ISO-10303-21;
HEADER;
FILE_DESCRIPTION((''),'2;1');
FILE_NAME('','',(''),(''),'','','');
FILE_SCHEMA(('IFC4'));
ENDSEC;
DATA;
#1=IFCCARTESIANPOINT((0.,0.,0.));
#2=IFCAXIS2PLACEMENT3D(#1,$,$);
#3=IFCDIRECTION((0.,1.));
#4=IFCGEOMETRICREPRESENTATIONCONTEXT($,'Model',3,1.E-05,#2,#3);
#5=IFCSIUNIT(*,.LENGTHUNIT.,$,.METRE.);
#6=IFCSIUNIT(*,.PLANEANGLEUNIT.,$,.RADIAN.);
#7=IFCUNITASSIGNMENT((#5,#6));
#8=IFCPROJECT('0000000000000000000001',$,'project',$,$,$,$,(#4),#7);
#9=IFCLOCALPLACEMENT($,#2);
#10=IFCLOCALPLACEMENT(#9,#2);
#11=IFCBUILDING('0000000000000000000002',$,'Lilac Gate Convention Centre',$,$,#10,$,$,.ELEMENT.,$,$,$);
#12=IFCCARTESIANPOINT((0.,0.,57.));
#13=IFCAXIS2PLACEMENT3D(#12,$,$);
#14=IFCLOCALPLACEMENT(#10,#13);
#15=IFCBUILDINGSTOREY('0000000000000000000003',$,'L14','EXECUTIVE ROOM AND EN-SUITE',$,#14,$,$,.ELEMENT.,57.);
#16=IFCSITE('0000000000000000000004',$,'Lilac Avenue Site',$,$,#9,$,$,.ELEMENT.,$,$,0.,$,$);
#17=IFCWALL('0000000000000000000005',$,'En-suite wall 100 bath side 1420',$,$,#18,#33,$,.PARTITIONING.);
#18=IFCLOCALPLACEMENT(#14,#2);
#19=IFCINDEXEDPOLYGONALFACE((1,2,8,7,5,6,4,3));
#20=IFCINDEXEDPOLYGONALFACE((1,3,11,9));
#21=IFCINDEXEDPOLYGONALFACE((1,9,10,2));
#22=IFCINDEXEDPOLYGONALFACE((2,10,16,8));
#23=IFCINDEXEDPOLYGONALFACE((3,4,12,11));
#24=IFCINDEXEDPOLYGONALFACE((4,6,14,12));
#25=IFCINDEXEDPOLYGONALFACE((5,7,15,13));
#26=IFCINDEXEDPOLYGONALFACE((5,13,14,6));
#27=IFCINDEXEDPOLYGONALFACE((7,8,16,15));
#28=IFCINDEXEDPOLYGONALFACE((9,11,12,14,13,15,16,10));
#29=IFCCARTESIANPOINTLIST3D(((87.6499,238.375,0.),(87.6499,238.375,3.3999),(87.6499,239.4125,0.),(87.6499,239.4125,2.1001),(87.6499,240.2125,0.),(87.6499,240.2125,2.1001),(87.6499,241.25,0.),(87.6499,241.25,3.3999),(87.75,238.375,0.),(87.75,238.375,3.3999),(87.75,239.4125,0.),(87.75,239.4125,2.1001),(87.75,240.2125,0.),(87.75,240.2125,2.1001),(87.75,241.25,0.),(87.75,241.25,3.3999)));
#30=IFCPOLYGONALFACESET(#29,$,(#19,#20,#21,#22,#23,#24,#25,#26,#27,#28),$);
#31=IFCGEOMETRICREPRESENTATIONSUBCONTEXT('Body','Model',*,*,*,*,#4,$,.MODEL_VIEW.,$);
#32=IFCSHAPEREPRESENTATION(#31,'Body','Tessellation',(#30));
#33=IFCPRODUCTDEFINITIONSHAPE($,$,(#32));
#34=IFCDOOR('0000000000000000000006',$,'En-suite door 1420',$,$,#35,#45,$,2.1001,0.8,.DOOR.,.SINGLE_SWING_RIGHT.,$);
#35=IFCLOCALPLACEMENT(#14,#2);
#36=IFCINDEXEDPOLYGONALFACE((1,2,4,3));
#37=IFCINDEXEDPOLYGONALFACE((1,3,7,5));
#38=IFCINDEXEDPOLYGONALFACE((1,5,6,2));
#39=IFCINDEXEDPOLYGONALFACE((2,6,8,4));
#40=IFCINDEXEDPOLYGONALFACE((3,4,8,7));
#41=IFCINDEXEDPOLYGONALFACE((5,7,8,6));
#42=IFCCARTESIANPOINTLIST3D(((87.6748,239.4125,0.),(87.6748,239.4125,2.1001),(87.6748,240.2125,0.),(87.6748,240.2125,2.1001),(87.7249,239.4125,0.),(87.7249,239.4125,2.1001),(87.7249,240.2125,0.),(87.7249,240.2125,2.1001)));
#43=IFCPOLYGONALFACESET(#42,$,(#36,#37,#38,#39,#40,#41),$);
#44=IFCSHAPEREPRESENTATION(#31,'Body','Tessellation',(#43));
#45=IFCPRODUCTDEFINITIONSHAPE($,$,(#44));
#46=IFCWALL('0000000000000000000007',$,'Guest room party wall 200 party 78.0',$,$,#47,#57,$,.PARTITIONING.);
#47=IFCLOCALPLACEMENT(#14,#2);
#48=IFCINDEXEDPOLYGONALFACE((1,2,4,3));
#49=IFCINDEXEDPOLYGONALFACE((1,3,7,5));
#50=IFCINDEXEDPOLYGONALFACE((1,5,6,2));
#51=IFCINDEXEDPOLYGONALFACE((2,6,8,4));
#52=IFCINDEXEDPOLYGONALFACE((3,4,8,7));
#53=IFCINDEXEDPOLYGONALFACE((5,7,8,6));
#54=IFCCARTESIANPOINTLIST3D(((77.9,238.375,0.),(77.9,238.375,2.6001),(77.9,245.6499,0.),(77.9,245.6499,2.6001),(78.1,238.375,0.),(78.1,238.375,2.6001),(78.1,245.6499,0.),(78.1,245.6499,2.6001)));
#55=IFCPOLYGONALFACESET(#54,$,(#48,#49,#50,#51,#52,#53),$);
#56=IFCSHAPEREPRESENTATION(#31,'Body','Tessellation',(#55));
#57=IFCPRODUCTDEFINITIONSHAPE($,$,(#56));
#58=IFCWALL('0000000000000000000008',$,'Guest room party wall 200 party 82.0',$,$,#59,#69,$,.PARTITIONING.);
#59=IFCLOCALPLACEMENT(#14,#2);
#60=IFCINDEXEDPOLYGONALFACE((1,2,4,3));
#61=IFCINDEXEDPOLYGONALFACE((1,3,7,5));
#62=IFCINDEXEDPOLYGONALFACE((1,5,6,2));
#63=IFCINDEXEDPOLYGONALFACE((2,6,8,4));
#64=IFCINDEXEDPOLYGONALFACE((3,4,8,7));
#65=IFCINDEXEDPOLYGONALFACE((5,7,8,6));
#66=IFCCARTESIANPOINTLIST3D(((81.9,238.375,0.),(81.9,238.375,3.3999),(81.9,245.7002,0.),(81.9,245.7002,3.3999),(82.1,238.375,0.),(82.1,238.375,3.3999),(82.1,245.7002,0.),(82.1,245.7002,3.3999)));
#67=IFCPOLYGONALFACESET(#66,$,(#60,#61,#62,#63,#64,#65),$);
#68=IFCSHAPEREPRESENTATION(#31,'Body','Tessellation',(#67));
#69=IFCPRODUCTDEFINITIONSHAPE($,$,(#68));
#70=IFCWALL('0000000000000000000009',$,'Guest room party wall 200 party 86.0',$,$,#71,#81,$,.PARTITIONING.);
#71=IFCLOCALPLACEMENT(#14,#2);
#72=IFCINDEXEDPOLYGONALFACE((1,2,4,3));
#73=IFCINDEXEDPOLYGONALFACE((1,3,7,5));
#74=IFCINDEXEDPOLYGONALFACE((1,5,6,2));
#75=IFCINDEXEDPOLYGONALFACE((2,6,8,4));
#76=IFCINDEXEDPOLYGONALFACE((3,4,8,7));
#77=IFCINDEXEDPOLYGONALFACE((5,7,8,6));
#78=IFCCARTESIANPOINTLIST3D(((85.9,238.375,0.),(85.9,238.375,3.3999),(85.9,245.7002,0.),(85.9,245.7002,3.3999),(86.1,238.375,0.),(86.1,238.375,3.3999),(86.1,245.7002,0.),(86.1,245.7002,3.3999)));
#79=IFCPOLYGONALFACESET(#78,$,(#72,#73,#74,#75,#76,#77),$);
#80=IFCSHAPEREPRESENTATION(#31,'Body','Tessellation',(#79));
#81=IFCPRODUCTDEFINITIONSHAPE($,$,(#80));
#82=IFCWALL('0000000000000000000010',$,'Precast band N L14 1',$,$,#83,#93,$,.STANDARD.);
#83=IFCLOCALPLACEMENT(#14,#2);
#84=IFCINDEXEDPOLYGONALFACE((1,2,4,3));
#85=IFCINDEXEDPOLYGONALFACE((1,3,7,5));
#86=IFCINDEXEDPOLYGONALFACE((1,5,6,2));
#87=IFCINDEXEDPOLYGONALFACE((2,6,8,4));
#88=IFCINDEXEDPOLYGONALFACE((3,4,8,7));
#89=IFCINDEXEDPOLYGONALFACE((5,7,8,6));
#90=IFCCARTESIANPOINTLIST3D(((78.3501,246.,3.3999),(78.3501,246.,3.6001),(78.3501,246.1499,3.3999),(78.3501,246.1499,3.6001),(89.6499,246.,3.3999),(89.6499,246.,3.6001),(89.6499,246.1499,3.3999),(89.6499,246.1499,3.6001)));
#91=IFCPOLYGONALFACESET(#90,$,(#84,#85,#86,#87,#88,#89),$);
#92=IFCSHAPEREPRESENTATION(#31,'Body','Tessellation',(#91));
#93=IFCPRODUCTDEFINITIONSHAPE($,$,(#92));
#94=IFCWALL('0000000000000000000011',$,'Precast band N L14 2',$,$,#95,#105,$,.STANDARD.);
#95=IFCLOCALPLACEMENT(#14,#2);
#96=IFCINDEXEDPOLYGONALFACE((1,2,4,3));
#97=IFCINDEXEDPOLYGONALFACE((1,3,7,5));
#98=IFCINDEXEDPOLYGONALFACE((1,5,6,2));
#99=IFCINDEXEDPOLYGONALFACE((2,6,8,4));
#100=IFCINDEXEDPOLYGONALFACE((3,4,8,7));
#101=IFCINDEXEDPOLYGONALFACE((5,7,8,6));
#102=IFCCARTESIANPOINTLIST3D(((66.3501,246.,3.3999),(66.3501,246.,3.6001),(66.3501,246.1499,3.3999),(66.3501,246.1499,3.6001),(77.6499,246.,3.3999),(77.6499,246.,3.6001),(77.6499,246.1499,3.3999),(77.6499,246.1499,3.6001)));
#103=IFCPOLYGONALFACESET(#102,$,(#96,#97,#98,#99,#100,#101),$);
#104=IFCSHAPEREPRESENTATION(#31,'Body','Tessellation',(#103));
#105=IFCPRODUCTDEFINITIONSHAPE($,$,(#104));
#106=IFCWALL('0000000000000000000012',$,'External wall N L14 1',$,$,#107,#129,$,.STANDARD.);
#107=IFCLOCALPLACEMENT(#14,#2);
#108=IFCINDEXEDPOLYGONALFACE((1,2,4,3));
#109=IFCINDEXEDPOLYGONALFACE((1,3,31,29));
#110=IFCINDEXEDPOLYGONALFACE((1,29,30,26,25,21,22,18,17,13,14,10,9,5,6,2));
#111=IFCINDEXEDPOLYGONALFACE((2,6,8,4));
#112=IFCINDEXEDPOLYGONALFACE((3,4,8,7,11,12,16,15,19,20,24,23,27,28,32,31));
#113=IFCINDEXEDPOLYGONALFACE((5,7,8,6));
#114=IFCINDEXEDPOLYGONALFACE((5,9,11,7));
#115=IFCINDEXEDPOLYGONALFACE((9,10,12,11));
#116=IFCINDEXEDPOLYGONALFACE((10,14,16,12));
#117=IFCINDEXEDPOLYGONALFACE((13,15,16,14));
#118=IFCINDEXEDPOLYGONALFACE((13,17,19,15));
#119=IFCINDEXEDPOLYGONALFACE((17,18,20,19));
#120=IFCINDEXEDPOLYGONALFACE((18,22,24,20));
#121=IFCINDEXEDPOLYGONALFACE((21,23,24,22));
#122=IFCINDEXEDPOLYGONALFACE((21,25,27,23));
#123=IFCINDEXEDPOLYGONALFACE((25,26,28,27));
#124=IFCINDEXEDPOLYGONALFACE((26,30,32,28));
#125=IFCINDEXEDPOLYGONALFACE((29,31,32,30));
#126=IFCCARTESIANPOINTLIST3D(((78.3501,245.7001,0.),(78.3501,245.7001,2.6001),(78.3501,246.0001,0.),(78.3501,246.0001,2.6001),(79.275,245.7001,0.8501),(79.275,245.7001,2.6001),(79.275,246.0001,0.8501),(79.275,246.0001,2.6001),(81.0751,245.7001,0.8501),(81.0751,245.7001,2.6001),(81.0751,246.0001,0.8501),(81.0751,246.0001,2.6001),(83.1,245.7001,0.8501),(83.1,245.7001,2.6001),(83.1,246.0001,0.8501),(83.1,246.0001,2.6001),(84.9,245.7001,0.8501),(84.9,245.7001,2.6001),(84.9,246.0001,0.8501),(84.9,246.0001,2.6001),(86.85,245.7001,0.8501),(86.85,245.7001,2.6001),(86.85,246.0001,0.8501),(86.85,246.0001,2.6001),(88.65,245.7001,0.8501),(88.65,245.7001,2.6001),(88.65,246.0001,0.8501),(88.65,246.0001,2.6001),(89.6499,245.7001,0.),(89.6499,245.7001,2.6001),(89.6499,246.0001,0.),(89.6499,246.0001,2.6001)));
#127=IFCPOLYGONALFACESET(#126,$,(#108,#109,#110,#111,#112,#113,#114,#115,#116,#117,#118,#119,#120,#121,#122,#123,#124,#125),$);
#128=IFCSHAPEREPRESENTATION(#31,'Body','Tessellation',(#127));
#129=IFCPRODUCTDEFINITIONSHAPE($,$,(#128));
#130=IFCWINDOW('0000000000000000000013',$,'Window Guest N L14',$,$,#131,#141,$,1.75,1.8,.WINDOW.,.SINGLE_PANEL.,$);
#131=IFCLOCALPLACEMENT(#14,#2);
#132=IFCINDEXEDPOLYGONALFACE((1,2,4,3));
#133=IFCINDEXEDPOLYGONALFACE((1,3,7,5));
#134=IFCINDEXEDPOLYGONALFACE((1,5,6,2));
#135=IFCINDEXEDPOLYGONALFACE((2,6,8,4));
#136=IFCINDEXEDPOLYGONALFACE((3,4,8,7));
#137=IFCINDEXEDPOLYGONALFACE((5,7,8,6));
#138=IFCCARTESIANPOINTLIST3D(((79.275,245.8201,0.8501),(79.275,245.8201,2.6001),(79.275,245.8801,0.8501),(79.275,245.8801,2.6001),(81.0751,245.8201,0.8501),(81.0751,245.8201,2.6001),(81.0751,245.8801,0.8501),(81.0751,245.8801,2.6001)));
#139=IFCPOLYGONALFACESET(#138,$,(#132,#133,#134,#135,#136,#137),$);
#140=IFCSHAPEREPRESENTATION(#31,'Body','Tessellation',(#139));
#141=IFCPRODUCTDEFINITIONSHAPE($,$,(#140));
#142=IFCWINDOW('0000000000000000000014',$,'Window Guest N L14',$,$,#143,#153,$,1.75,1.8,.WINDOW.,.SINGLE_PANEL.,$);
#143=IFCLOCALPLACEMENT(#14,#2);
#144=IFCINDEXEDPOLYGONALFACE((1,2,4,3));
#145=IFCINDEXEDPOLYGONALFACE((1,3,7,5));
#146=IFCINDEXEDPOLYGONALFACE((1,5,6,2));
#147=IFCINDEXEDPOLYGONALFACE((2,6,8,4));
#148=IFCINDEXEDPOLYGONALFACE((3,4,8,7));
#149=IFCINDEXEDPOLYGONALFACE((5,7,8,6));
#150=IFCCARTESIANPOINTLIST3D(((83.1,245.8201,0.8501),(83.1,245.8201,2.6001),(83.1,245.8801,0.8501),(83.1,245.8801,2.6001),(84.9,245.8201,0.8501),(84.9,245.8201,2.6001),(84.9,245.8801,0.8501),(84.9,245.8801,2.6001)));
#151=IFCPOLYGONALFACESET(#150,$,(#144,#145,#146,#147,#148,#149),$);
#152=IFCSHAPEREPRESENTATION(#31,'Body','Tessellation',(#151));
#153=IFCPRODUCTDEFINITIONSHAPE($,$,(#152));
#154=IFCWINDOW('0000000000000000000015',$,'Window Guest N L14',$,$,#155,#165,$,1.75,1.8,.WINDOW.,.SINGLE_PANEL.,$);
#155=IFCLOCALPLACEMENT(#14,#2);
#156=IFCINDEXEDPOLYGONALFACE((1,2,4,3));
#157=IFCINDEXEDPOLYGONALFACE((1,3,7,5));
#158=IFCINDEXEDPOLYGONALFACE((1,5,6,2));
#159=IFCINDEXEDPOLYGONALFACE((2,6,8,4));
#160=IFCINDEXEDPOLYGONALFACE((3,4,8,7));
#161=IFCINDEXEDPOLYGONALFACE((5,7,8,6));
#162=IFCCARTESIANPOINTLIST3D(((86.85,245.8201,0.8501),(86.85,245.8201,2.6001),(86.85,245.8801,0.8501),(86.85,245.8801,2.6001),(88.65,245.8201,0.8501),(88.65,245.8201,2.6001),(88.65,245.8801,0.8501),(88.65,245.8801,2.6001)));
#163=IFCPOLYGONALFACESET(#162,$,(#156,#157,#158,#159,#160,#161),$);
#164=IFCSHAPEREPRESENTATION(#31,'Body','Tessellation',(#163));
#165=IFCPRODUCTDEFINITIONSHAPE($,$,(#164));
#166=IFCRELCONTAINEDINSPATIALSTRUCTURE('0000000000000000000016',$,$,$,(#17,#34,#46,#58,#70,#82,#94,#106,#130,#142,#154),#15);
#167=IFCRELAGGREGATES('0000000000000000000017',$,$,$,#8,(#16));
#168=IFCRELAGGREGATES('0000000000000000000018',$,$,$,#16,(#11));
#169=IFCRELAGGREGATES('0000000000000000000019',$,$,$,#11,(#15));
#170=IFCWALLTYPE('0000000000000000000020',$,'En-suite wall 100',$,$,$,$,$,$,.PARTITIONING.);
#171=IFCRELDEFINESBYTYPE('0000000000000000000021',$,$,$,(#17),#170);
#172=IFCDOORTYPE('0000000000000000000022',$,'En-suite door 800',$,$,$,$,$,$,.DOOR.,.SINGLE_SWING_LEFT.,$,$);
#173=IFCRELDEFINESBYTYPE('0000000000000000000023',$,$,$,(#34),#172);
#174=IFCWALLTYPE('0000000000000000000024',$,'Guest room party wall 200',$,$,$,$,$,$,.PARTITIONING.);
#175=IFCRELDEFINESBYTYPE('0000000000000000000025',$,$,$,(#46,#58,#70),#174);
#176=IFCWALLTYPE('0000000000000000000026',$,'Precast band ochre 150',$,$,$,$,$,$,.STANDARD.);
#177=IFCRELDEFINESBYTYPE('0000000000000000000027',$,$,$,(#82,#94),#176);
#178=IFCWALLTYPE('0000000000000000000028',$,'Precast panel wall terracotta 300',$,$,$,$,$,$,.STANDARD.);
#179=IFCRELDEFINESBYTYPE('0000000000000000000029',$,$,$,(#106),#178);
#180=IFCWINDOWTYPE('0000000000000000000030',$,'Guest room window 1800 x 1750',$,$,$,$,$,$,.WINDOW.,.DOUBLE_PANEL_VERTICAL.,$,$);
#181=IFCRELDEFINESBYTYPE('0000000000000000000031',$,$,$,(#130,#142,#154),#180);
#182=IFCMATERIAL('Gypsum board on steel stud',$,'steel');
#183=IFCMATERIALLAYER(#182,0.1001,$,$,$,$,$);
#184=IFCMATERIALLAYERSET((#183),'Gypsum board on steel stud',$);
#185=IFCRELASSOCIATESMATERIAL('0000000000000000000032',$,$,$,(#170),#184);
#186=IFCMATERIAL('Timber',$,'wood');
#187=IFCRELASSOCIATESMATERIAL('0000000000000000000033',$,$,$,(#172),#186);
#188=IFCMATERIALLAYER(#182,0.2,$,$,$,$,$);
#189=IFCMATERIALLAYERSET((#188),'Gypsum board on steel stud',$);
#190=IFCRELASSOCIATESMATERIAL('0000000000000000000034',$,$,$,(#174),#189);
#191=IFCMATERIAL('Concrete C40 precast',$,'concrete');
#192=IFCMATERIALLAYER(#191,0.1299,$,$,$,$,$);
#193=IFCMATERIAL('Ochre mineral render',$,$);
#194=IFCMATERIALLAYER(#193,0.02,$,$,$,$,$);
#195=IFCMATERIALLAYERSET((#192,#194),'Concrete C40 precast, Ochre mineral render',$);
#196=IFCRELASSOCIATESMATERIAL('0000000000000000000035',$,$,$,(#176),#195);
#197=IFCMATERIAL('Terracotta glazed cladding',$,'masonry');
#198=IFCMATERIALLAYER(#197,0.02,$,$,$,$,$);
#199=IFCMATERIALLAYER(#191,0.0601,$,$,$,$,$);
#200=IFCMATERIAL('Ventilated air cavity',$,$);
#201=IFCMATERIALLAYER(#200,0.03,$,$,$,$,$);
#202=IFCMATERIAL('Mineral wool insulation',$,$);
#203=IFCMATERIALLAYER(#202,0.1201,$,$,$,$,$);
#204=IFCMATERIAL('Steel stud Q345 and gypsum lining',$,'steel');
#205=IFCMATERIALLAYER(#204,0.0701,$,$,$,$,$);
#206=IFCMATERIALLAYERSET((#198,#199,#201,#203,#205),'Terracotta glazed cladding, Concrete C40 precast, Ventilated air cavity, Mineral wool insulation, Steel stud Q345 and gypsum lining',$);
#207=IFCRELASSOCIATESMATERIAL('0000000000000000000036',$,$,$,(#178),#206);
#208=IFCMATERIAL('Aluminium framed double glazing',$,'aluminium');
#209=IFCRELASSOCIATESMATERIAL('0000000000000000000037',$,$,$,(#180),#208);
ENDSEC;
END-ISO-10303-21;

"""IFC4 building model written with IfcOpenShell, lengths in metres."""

from ifc_helpers import new_model, si_unit, direction, frame, frame_2d, origin, place, context, subcontext, project, spatial, rectangle, extrude, material, layer, layer_set, type_object, element, fill, save


model = new_model("IFC4")

# Units and contexts
model_context = context("Model", 3, precision=1e-05, world=origin(), true_north=direction((0.0, 1.0)))
body_context = subcontext(model_context, "Body", "Model", "MODEL_VIEW")
ifc_project = project(units=[si_unit("LENGTHUNIT", "METRE"), si_unit("PLANEANGLEUNIT", "RADIAN")], contexts=[model_context])

# Site, building, storey
site_placement = place(None, origin())
site = spatial("IfcSite", under=ifc_project, at=site_placement, Name="Lilac Avenue Site", CompositionType="ELEMENT", RefElevation=0.0)
building_placement = place(site_placement, origin())
building = spatial("IfcBuilding", under=site, at=building_placement, Name="Lilac Gate Convention Centre", CompositionType="ELEMENT")
storey_placement = place(building_placement, frame((0.0, 0.0, 57.0)))
storey = spatial("IfcBuildingStorey", under=building, at=storey_placement, Name="L14", Description="EXECUTIVE ROOM AND EN-SUITE", CompositionType="ELEMENT", Elevation=57.0)

# Shared definitions
ifc_material_1 = material(Name="Aluminium framed double glazing", Category="aluminium")

# Shared definitions
ifc_material_2 = material(Name="Gypsum board on steel stud", Category="steel")
ifc_layer_1 = layer(ifc_material_2, 0.1001)
ifc_layer_set_1 = layer_set([ifc_layer_1], Name="Gypsum board on steel stud")
wall_type_1 = type_object("IfcWallType", Name="En-suite wall 100", PredefinedType="PARTITIONING", material=ifc_layer_set_1)

# Shared definitions
ifc_material_3 = material(Name="Timber", Category="wood")
door_type = type_object("IfcDoorType", Name="En-suite door 800", OperationType="SINGLE_SWING_LEFT", PredefinedType="DOOR", material=ifc_material_3)

# Wall, opening, door
wall_1_placement = place(storey_placement, frame((87.7, 241.25, 0.0), z_axis=(0.0, 0.0, 1.0), x_axis=(0.0, -1.0, 0.0)))
wall_1 = element("IfcWall", 1, at=wall_1_placement, inside=storey, type_object=wall_type_1, Name="En-suite wall 100 bath side 1420", PredefinedType="PARTITIONING", context=body_context, shape_type="SweptSolid", body=[
    extrude(rectangle(XDim=2.875, YDim=0.1001, at=frame_2d((1.4375, 0.0))), origin(), (0.0, 0.0, 1.0), 3.3999),
])
opening_1_placement = place(wall_1_placement, frame((1.0376, 0.0, 0.0)))
opening_1 = element("IfcOpeningElement", 2, at=opening_1_placement, cuts=wall_1, PredefinedType="OPENING", context=body_context, shape_type="SweptSolid", body=[
    extrude(rectangle(XDim=0.8, YDim=2.1001, at=frame_2d((0.3999, 1.05))), frame((0.0, 0.0601, 0.0), z_axis=(0.0, -1.0, 0.0), x_axis=(1.0, 0.0, 0.0)), (0.0, 0.0, 1.0), 0.1201),
])
door_1_placement = place(opening_1_placement, origin())
door_1 = element("IfcDoor", 3, at=door_1_placement, inside=storey, type_object=door_type, Name="En-suite door 1420", OperationType="SINGLE_SWING_RIGHT", OverallHeight=2.1001, OverallWidth=0.8, PredefinedType="DOOR", context=body_context, shape_type="SweptSolid", body=[
    extrude(rectangle(XDim=0.8, YDim=2.1001, at=frame_2d((0.3999, 1.05))), frame((0.0, 0.0249, 0.0), z_axis=(0.0, -1.0, 0.0), x_axis=(1.0, 0.0, 0.0)), (0.0, 0.0, 1.0), 0.05),
])
fill(opening_1, door_1)

# Walls
ifc_layer_2 = layer(ifc_material_2, 0.2)
ifc_layer_set_2 = layer_set([ifc_layer_2], Name="Gypsum board on steel stud")
wall_type_2 = type_object("IfcWallType", Name="Guest room party wall 200", PredefinedType="PARTITIONING", material=ifc_layer_set_2)
wall_2_placement = place(storey_placement, frame((78.0, 245.6499, 0.0), z_axis=(0.0, 0.0, 1.0), x_axis=(0.0, -1.0, 0.0)))
element("IfcWall", 4, at=wall_2_placement, inside=storey, type_object=wall_type_2, Name="Guest room party wall 200 party 78.0", PredefinedType="PARTITIONING", context=body_context, shape_type="SweptSolid", body=[
    extrude(rectangle(XDim=7.2749, YDim=0.2, at=frame_2d((3.6375, 0.0))), origin(), (0.0, 0.0, 1.0), 2.6001),
])
for number, where, z_axis, x_axis, name in (
    (5, (82.0, 245.7002, 0.0), (0.0, 0.0, 1.0), (0.0, -1.0, 0.0), "Guest room party wall 200 party 82.0"),
    (6, (86.0, 245.7002, 0.0), (0.0, 0.0, 1.0), (0.0, -1.0, 0.0), "Guest room party wall 200 party 86.0"),
):
    element("IfcWall", number, at=place(storey_placement, frame(where, z_axis=z_axis, x_axis=x_axis)), inside=storey, type_object=wall_type_2, Name=name, PredefinedType="PARTITIONING", context=body_context, shape_type="SweptSolid", body=[
        extrude(rectangle(XDim=7.3252, YDim=0.2, at=frame_2d((3.6626, 0.0))), origin(), (0.0, 0.0, 1.0), 3.3999),
    ])
ifc_material_4 = material(Name="Concrete C40 precast", Category="concrete")
ifc_layer_3 = layer(ifc_material_4, 0.1299)
ifc_material_5 = material(Name="Ochre mineral render")
ifc_layer_4 = layer(ifc_material_5, 0.02)
ifc_layer_set_3 = layer_set([ifc_layer_3, ifc_layer_4], Name="Concrete C40 precast, Ochre mineral render")
wall_type_3 = type_object("IfcWallType", Name="Precast band ochre 150", PredefinedType="STANDARD", material=ifc_layer_set_3)
for number, where, z_axis, x_axis, name in (
    (7, (89.6499, 246.075, 3.3999), (0.0, 0.0, 1.0), (-1.0, 0.0, 0.0), "Precast band N L14 1"),
    (8, (77.6499, 246.075, 3.3999), (0.0, 0.0, 1.0), (-1.0, 0.0, 0.0), "Precast band N L14 2"),
):
    element("IfcWall", number, at=place(storey_placement, frame(where, z_axis=z_axis, x_axis=x_axis)), inside=storey, type_object=wall_type_3, Name=name, PredefinedType="STANDARD", context=body_context, shape_type="SweptSolid", body=[
        extrude(rectangle(XDim=11.2998, YDim=0.1499, at=frame_2d((5.6499, 0.0))), origin(), (0.0, 0.0, 1.0), 0.2002),
    ])

# Wall, openings, windows
ifc_material_6 = material(Name="Terracotta glazed cladding", Category="masonry")
ifc_layer_5 = layer(ifc_material_6, 0.02)
ifc_layer_6 = layer(ifc_material_4, 0.0601)
ifc_material_7 = material(Name="Ventilated air cavity")
ifc_layer_7 = layer(ifc_material_7, 0.03)
ifc_material_8 = material(Name="Mineral wool insulation")
ifc_layer_8 = layer(ifc_material_8, 0.1201)
ifc_material_9 = material(Name="Steel stud Q345 and gypsum lining", Category="steel")
ifc_layer_9 = layer(ifc_material_9, 0.0701)
ifc_layer_set_4 = layer_set([ifc_layer_5, ifc_layer_6, ifc_layer_7, ifc_layer_8, ifc_layer_9], Name="Terracotta glazed cladding, Concrete C40 precast, Ventilated air cavity, Mineral wool insulation, Steel stud Q345 and gypsum lining")
wall_type_4 = type_object("IfcWallType", Name="Precast panel wall terracotta 300", PredefinedType="STANDARD", material=ifc_layer_set_4)
wall_3_placement = place(storey_placement, frame((89.6499, 245.8501, 0.0), z_axis=(0.0, 0.0, 1.0), x_axis=(-1.0, 0.0, 0.0)))
wall_3 = element("IfcWall", 9, at=wall_3_placement, inside=storey, type_object=wall_type_4, Name="External wall N L14 1", PredefinedType="STANDARD", context=body_context, shape_type="SweptSolid", body=[
    extrude(rectangle(XDim=11.2998, YDim=0.3, at=frame_2d((5.6499, 0.0))), origin(), (0.0, 0.0, 1.0), 2.6001),
])
opening_2_placement = place(wall_3_placement, frame((8.575, 0.0, 0.8501)))
opening_2 = element("IfcOpeningElement", 10, at=opening_2_placement, cuts=wall_3, PredefinedType="OPENING", context=body_context, shape_type="SweptSolid", body=[
    extrude(rectangle(XDim=1.8, YDim=1.75, at=frame_2d((0.8999, 0.875))), frame((0.0, 0.1599, 0.0), z_axis=(0.0, -1.0, 0.0), x_axis=(1.0, 0.0, 0.0)), (0.0, 0.0, 1.0), 0.3201),
])
opening_3_placement = place(wall_3_placement, frame((4.75, 0.0, 0.8501)))
opening_3 = element("IfcOpeningElement", 11, at=opening_3_placement, cuts=wall_3, PredefinedType="OPENING", context=body_context, shape_type="SweptSolid", body=[
    extrude(rectangle(XDim=1.8, YDim=1.75, at=frame_2d((0.8999, 0.875))), frame((0.0, 0.1599, 0.0), z_axis=(0.0, -1.0, 0.0), x_axis=(1.0, 0.0, 0.0)), (0.0, 0.0, 1.0), 0.3201),
])
opening_4_placement = place(wall_3_placement, frame((1.0, 0.0, 0.8501)))
opening_4 = element("IfcOpeningElement", 12, at=opening_4_placement, cuts=wall_3, PredefinedType="OPENING", context=body_context, shape_type="SweptSolid", body=[
    extrude(rectangle(XDim=1.8, YDim=1.75, at=frame_2d((0.8999, 0.875))), frame((0.0, 0.1599, 0.0), z_axis=(0.0, -1.0, 0.0), x_axis=(1.0, 0.0, 0.0)), (0.0, 0.0, 1.0), 0.3201),
])
window_type = type_object("IfcWindowType", Name="Guest room window 1800 x 1750", PartitioningType="DOUBLE_PANEL_VERTICAL", PredefinedType="WINDOW", material=ifc_material_1)
window_1_placement = place(opening_2_placement, origin())
window_1 = element("IfcWindow", 13, at=window_1_placement, inside=storey, type_object=window_type, Name="Window Guest N L14", OverallHeight=1.75, OverallWidth=1.8, PartitioningType="SINGLE_PANEL", PredefinedType="WINDOW", context=body_context, shape_type="SweptSolid", body=[
    extrude(rectangle(XDim=1.8, YDim=1.75, at=frame_2d((0.8999, 0.875))), frame((0.0, 0.03, 0.0), z_axis=(0.0, -1.0, 0.0), x_axis=(1.0, 0.0, 0.0)), (0.0, 0.0, 1.0), 0.0601),
])
fill(opening_2, window_1)
window_2_placement = place(opening_3_placement, origin())
window_2 = element("IfcWindow", 14, at=window_2_placement, inside=storey, type_object=window_type, Name="Window Guest N L14", OverallHeight=1.75, OverallWidth=1.8, PartitioningType="SINGLE_PANEL", PredefinedType="WINDOW", context=body_context, shape_type="SweptSolid", body=[
    extrude(rectangle(XDim=1.8, YDim=1.75, at=frame_2d((0.8999, 0.875))), frame((0.0, 0.03, 0.0), z_axis=(0.0, -1.0, 0.0), x_axis=(1.0, 0.0, 0.0)), (0.0, 0.0, 1.0), 0.0601),
])
fill(opening_3, window_2)
window_3_placement = place(opening_4_placement, origin())
window_3 = element("IfcWindow", 15, at=window_3_placement, inside=storey, type_object=window_type, Name="Window Guest N L14", OverallHeight=1.75, OverallWidth=1.8, PartitioningType="SINGLE_PANEL", PredefinedType="WINDOW", context=body_context, shape_type="SweptSolid", body=[
    extrude(rectangle(XDim=1.8, YDim=1.75, at=frame_2d((0.8999, 0.875))), frame((0.0, 0.03, 0.0), z_axis=(0.0, -1.0, 0.0), x_axis=(1.0, 0.0, 0.0)), (0.0, 0.0, 1.0), 0.0601),
])
fill(opening_4, window_3)

save(model, "model.ifc")
